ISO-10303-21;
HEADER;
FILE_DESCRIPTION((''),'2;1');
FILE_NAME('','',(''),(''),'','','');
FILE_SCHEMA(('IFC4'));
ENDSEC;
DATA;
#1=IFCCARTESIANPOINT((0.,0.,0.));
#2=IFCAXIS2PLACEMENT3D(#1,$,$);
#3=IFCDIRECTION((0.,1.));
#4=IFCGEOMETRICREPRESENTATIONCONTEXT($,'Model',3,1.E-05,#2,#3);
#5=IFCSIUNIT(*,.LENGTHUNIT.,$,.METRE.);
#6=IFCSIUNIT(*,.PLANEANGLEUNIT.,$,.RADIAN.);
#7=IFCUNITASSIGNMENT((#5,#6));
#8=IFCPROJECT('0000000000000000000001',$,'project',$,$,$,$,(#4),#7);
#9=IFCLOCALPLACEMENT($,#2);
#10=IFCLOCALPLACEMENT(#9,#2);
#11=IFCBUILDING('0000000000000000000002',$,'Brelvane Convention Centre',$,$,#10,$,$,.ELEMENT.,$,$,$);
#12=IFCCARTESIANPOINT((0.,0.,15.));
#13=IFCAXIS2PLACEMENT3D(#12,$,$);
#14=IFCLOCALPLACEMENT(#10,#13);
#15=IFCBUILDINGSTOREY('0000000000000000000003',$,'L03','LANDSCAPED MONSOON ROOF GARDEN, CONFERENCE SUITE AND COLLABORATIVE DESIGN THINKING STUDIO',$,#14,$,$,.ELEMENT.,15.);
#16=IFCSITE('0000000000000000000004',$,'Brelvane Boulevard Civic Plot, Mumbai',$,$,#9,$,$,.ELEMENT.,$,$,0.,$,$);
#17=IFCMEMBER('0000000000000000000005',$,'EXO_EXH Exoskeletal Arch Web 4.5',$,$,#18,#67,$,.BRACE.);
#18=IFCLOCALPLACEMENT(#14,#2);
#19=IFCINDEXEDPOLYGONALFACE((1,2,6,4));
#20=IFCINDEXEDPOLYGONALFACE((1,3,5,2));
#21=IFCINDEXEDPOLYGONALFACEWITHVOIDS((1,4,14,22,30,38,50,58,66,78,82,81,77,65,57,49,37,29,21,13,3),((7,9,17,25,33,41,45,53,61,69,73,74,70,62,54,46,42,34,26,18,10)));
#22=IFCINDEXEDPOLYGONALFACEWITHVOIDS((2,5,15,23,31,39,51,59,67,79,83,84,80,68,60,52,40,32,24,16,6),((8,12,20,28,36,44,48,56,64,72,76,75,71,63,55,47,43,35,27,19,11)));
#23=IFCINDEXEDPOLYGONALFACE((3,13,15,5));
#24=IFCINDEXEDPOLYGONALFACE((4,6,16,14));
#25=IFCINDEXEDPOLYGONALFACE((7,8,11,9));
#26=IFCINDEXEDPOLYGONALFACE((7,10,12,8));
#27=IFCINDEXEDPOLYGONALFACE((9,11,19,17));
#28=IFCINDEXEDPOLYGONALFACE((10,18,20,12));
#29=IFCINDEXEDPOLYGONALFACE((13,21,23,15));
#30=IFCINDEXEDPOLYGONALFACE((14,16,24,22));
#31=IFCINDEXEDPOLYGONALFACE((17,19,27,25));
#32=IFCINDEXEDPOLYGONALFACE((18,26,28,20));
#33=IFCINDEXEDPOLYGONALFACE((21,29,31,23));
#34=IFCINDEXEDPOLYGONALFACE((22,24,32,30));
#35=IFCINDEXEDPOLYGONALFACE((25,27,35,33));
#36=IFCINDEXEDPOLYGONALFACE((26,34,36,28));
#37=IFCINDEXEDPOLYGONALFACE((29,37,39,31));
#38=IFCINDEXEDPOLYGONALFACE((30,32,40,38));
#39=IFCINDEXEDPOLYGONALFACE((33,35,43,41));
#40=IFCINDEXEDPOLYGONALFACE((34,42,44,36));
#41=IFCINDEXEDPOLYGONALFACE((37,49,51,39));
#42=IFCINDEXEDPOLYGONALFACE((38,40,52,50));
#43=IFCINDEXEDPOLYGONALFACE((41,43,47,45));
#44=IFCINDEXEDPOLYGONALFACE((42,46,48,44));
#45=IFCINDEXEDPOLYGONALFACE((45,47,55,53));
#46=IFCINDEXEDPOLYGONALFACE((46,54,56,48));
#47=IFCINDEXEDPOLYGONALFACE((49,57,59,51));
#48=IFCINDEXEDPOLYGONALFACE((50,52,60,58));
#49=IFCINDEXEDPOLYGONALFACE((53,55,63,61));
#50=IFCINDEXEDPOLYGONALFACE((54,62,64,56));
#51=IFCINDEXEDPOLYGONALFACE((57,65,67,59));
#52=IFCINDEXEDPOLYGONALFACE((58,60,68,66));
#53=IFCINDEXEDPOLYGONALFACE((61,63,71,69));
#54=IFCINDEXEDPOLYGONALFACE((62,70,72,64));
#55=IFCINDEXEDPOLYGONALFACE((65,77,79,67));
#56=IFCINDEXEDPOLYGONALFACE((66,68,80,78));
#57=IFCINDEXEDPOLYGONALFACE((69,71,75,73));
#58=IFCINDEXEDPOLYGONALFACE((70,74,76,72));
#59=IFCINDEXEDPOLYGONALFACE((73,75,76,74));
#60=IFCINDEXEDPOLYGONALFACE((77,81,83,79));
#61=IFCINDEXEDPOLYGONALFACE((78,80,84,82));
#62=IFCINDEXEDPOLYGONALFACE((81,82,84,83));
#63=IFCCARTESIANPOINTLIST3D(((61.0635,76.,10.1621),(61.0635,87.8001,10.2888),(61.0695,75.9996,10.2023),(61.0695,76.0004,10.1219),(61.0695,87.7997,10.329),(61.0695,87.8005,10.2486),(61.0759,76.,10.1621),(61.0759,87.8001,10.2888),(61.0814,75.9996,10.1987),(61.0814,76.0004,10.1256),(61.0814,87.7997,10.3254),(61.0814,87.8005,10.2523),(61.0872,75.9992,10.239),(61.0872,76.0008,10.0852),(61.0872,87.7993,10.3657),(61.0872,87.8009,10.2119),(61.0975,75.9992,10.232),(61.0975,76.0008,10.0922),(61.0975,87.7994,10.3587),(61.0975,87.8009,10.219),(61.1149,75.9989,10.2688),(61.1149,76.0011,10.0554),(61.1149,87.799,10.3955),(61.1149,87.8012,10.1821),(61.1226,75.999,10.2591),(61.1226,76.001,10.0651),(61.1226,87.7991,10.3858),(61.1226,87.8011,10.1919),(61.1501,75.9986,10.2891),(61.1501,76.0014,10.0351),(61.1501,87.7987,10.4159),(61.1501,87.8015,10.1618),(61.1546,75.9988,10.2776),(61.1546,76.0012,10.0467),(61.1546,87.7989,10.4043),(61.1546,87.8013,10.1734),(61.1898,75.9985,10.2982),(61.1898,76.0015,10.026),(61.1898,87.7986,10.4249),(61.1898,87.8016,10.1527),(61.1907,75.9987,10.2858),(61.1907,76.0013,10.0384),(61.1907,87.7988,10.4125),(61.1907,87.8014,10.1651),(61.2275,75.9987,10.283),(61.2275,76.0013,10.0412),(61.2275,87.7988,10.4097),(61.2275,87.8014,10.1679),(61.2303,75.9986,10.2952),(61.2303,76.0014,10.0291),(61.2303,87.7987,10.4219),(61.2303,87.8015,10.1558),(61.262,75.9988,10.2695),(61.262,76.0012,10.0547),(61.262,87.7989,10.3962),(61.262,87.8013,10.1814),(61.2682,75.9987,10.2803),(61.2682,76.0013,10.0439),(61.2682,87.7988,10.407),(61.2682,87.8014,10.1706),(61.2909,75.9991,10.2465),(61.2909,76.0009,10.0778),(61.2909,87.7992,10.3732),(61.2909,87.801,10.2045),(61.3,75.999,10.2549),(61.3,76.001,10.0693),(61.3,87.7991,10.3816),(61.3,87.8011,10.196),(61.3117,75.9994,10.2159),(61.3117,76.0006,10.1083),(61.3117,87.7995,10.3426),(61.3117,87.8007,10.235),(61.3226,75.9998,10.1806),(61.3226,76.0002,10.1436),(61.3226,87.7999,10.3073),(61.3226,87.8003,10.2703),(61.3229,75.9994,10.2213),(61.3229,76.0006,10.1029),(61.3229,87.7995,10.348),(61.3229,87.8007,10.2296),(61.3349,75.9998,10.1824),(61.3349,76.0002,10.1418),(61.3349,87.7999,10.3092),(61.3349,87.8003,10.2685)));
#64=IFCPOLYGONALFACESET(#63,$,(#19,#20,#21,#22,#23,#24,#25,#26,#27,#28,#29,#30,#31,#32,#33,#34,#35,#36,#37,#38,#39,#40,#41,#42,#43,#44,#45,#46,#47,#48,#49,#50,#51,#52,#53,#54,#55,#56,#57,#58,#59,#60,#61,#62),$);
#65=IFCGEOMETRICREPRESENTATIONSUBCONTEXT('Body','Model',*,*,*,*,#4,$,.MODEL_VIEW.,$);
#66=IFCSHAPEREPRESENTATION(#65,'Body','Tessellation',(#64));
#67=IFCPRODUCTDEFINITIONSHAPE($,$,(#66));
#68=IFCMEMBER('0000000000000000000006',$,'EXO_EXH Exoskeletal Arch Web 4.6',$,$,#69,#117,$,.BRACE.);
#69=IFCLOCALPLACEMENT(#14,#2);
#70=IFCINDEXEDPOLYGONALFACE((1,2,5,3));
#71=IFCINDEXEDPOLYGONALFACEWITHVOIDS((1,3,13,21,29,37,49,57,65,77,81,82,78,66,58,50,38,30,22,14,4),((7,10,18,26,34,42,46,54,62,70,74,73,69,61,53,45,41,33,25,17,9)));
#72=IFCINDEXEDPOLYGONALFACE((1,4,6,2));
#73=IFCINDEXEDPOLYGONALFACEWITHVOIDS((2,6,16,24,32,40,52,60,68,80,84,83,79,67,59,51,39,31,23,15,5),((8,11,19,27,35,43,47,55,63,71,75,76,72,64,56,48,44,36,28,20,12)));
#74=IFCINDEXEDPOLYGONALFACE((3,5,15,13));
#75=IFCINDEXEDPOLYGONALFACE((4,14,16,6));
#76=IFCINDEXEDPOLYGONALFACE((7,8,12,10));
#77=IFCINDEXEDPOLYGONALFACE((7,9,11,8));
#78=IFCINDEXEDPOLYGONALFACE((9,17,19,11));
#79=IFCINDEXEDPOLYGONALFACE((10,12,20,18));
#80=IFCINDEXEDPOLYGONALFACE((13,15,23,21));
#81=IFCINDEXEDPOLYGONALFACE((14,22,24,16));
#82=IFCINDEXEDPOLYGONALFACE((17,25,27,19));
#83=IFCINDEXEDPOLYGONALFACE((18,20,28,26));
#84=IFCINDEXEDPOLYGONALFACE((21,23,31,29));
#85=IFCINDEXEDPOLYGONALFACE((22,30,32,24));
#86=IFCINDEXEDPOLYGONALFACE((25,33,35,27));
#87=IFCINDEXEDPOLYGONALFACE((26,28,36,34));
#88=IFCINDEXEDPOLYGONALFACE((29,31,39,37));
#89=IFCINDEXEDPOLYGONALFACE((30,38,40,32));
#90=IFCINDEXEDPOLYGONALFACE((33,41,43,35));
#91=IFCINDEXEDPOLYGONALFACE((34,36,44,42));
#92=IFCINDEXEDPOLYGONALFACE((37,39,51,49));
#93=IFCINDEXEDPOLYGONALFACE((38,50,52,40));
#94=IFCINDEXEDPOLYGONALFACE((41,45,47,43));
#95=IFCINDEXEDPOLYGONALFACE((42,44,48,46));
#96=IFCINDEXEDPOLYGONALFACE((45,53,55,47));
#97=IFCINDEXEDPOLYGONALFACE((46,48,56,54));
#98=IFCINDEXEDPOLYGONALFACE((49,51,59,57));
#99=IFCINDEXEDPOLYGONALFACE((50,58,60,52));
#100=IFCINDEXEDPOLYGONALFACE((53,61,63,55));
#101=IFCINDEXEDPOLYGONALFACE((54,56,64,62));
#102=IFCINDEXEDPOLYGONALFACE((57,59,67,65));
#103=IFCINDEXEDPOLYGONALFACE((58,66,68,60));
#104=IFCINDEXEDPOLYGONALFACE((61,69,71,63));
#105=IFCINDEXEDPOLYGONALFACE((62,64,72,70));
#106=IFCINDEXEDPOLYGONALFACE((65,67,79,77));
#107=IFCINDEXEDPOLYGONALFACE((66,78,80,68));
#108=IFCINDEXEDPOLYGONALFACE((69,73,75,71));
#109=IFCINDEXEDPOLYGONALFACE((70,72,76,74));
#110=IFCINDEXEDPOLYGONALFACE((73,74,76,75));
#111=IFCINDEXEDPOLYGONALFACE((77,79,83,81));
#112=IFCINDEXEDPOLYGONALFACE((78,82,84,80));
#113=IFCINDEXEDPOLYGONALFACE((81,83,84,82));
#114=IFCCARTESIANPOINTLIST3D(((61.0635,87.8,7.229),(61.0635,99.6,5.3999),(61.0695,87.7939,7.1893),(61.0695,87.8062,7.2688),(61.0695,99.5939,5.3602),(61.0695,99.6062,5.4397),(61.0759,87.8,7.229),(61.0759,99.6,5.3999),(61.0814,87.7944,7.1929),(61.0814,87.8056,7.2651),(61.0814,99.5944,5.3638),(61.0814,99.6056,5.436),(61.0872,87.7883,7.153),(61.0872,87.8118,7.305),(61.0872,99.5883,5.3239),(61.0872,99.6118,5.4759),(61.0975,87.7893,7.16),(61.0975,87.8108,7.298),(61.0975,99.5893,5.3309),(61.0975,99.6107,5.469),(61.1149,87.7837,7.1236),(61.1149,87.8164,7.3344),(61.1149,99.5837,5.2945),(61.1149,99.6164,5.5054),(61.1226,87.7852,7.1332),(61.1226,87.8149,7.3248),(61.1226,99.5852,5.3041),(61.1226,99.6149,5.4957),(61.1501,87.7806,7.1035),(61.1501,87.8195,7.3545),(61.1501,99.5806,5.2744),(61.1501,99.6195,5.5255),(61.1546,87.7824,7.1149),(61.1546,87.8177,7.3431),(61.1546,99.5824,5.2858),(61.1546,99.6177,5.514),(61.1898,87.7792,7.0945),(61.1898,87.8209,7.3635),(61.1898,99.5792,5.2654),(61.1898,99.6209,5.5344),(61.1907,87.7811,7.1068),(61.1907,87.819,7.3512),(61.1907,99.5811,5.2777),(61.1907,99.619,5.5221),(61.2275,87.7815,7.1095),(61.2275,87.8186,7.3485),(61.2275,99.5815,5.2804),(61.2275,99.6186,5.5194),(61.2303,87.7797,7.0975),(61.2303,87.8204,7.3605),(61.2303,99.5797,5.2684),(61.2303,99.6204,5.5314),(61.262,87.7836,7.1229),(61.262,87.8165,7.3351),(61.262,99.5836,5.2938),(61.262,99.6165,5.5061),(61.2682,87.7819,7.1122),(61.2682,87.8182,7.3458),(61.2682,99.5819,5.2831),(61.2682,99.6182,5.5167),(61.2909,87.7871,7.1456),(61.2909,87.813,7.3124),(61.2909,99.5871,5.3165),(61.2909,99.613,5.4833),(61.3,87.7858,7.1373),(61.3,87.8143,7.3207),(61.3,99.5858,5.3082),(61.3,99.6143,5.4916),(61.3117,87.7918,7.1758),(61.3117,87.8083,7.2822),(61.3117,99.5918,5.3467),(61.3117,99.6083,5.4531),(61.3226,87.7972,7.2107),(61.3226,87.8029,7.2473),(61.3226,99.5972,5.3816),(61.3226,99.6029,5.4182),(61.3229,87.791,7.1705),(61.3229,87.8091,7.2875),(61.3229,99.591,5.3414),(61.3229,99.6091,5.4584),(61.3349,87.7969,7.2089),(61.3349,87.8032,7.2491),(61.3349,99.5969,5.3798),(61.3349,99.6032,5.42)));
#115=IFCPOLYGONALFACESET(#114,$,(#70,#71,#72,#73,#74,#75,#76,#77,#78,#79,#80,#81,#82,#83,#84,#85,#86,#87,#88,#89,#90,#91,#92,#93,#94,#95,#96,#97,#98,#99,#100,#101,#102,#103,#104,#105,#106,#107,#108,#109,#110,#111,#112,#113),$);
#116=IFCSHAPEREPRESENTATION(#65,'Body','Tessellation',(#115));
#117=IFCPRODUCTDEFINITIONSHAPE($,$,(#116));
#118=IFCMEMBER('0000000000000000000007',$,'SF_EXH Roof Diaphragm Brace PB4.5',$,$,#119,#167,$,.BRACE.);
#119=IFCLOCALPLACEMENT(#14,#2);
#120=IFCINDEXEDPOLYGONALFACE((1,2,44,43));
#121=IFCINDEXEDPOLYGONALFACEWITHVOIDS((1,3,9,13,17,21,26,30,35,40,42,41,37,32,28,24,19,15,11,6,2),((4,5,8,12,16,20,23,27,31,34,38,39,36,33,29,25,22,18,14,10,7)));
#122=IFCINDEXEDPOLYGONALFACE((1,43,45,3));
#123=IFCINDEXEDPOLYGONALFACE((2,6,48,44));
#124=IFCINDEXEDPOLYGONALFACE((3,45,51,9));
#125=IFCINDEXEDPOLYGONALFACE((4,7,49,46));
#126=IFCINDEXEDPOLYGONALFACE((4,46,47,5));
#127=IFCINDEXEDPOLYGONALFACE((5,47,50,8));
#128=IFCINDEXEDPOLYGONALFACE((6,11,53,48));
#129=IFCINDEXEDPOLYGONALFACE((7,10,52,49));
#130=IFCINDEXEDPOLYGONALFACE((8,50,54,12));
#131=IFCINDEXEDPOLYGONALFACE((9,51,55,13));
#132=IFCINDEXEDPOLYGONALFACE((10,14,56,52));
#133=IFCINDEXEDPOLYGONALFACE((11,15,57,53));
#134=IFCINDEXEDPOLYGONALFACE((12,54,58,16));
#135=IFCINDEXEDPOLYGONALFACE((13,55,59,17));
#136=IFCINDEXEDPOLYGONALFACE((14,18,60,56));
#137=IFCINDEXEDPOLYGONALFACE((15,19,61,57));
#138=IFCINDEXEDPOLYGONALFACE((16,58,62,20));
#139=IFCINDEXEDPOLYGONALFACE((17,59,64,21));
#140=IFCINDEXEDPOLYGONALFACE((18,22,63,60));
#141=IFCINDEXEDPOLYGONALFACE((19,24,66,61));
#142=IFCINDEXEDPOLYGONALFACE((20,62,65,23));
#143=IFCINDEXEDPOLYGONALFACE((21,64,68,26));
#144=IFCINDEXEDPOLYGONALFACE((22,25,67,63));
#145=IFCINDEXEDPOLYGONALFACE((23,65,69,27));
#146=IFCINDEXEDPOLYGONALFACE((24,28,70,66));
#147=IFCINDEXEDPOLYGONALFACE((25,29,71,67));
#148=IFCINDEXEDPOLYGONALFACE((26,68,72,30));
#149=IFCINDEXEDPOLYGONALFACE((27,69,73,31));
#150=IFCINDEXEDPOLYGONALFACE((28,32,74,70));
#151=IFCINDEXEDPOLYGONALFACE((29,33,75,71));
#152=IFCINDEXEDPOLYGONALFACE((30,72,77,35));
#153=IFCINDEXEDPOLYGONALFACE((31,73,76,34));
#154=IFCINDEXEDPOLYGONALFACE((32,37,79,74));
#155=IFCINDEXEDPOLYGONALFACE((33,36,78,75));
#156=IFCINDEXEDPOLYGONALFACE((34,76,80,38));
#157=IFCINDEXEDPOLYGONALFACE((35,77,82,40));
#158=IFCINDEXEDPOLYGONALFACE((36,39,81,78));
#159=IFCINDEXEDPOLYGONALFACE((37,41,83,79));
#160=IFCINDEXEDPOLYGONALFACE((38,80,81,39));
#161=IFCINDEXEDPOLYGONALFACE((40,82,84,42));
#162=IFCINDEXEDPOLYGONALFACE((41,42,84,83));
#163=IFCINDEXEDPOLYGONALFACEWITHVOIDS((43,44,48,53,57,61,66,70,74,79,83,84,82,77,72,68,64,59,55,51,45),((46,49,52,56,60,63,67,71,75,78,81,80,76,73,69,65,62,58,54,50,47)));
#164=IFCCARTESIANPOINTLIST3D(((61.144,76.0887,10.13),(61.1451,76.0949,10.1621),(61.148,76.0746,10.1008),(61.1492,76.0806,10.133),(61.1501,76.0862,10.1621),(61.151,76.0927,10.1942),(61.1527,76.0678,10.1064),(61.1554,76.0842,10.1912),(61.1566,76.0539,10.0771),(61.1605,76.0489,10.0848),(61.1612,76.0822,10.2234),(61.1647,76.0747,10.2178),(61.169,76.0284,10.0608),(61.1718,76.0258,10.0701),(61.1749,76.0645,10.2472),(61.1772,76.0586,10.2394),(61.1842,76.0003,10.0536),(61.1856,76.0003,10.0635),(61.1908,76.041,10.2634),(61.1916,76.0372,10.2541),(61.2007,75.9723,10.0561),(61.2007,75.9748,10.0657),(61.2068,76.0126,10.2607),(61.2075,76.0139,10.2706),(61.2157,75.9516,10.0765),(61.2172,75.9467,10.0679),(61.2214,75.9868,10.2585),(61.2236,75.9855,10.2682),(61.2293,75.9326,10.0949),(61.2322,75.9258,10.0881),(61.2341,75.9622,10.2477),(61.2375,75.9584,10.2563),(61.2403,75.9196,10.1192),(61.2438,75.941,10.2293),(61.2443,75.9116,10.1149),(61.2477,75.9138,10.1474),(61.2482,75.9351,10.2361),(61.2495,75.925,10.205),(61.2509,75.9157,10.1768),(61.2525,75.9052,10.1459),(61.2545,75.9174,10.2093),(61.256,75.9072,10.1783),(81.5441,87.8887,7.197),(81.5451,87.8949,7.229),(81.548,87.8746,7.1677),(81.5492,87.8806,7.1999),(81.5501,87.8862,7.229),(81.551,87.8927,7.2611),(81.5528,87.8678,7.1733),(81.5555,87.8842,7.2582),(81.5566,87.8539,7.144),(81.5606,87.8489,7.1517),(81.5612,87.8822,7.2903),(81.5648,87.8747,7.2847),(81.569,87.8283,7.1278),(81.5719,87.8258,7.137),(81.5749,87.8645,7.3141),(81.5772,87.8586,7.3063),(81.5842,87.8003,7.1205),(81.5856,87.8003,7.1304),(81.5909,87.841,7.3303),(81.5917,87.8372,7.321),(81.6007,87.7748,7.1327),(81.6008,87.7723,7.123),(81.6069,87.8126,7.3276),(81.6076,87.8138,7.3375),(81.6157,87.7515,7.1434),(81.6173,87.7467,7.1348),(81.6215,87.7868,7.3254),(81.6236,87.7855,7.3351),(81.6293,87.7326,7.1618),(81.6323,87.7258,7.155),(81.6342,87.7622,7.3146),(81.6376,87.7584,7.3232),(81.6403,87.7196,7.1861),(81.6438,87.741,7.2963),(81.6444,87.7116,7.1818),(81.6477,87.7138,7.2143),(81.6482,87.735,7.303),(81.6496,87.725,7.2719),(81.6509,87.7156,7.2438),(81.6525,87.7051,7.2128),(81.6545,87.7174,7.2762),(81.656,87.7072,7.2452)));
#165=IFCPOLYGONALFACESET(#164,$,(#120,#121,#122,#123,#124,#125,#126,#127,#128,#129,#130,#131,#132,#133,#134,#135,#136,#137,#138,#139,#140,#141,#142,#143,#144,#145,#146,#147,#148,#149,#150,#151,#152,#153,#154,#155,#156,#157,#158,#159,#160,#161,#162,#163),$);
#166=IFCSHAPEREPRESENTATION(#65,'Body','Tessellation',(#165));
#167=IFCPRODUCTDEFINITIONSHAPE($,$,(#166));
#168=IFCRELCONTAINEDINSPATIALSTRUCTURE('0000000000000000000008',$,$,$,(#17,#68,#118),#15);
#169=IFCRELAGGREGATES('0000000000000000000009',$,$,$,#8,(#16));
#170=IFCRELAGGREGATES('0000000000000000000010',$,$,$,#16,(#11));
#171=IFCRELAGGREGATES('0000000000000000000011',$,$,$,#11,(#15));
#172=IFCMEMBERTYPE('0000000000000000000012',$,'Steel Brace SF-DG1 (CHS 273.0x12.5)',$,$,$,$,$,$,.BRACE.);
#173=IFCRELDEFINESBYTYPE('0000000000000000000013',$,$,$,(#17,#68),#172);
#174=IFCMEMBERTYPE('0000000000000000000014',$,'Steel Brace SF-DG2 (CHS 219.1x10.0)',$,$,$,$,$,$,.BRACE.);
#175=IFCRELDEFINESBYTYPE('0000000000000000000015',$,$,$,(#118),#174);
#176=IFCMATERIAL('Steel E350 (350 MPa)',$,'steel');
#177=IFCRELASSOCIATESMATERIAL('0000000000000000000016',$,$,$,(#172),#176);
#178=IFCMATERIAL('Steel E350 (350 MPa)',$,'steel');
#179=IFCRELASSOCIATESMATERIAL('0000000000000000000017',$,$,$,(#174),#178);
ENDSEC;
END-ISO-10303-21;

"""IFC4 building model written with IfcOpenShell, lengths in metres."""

from ifc_helpers import new_model, si_unit, direction, frame, origin, origin_2d, place, context, subcontext, project, spatial, hollow_circle, extrude, material, material_profile, profile_set, type_object, element, save


model = new_model("IFC4")

# Units and contexts
model_context = context("Model", 3, precision=1e-05, world=origin(), true_north=direction((0.0, 1.0)))
body_context = subcontext(model_context, "Body", "Model", "MODEL_VIEW")
ifc_project = project(units=[si_unit("LENGTHUNIT", "METRE"), si_unit("PLANEANGLEUNIT", "RADIAN")], contexts=[model_context])

# Site, building, storey
site_placement = place(None, origin())
site = spatial("IfcSite", under=ifc_project, at=site_placement, Name="Brelvane Boulevard Civic Plot, Mumbai", CompositionType="ELEMENT", RefElevation=0.0)
building_placement = place(site_placement, origin())
building = spatial("IfcBuilding", under=site, at=building_placement, Name="Brelvane Convention Centre", CompositionType="ELEMENT")
storey_placement = place(building_placement, frame((0.0, 0.0, 15.0)))
storey = spatial("IfcBuildingStorey", under=building, at=storey_placement, Name="L03", Description="LANDSCAPED MONSOON ROOF GARDEN, CONFERENCE SUITE AND COLLABORATIVE DESIGN THINKING STUDIO", CompositionType="ELEMENT", Elevation=15.0)

# Members
ifc_material_1 = material(Name="Steel E350 (350 MPa)", Category="steel")
ifc_material_profile_1 = material_profile(ifc_material_1, hollow_circle(Radius=0.1365, WallThickness=0.0125, at=origin_2d()), Name="CHS 273.0x12.5")
ifc_profile_set_1 = profile_set([ifc_material_profile_1], Name="Steel E350 (350 MPa)")
member_type_1 = type_object("IfcMemberType", Name="Steel Brace SF-DG1 (CHS 273.0x12.5)", PredefinedType="BRACE", material=ifc_profile_set_1)
member_1_placement = place(storey_placement, frame((61.2, 76.0, 10.1621), z_axis=(0.0, 0.999942, 0.010737), x_axis=(-1.0, 0.0, 0.0)))
element("IfcMember", 1, at=member_1_placement, inside=storey, type_object=member_type_1, Name="EXO_EXH Exoskeletal Arch Web 4.5", PredefinedType="BRACE", context=body_context, shape_type="SweptSolid", body=[
    extrude(hollow_circle(Radius=0.1365, WallThickness=0.0125, at=origin_2d()), origin(), (0.0, 0.0, 1.0), 11.8008),
])
member_2_placement = place(storey_placement, frame((61.2, 87.8, 7.229), z_axis=(0.0, 0.988199, -0.153179), x_axis=(-1.0, 0.0, 0.0)))
element("IfcMember", 2, at=member_2_placement, inside=storey, type_object=member_type_1, Name="EXO_EXH Exoskeletal Arch Web 4.6", PredefinedType="BRACE", context=body_context, shape_type="SweptSolid", body=[
    extrude(hollow_circle(Radius=0.1365, WallThickness=0.0125, at=origin_2d()), origin(), (0.0, 0.0, 1.0), 11.9409),
])
ifc_material_2 = material(Name="Steel E350 (350 MPa)", Category="steel")
ifc_material_profile_2 = material_profile(ifc_material_2, hollow_circle(Radius=0.1096, WallThickness=0.01, at=origin_2d()), Name="CHS 219.1x10.0")
ifc_profile_set_2 = profile_set([ifc_material_profile_2], Name="Steel E350 (350 MPa)")
member_type_2 = type_object("IfcMemberType", Name="Steel Brace SF-DG2 (CHS 219.1x10.0)", PredefinedType="BRACE", material=ifc_profile_set_2)
member_3_placement = place(storey_placement, frame((61.2, 76.0, 10.1621), z_axis=(0.858993, 0.496867, -0.123505), x_axis=(-0.500701, 0.865621, 0.0)))
element("IfcMember", 3, at=member_3_placement, inside=storey, type_object=member_type_2, Name="SF_EXH Roof Diaphragm Brace PB4.5", PredefinedType="BRACE", context=body_context, shape_type="SweptSolid", body=[
    extrude(hollow_circle(Radius=0.1096, WallThickness=0.01, at=origin_2d()), origin(), (0.0, 0.0, 1.0), 23.7488),
])

save(model, "model.ifc")
